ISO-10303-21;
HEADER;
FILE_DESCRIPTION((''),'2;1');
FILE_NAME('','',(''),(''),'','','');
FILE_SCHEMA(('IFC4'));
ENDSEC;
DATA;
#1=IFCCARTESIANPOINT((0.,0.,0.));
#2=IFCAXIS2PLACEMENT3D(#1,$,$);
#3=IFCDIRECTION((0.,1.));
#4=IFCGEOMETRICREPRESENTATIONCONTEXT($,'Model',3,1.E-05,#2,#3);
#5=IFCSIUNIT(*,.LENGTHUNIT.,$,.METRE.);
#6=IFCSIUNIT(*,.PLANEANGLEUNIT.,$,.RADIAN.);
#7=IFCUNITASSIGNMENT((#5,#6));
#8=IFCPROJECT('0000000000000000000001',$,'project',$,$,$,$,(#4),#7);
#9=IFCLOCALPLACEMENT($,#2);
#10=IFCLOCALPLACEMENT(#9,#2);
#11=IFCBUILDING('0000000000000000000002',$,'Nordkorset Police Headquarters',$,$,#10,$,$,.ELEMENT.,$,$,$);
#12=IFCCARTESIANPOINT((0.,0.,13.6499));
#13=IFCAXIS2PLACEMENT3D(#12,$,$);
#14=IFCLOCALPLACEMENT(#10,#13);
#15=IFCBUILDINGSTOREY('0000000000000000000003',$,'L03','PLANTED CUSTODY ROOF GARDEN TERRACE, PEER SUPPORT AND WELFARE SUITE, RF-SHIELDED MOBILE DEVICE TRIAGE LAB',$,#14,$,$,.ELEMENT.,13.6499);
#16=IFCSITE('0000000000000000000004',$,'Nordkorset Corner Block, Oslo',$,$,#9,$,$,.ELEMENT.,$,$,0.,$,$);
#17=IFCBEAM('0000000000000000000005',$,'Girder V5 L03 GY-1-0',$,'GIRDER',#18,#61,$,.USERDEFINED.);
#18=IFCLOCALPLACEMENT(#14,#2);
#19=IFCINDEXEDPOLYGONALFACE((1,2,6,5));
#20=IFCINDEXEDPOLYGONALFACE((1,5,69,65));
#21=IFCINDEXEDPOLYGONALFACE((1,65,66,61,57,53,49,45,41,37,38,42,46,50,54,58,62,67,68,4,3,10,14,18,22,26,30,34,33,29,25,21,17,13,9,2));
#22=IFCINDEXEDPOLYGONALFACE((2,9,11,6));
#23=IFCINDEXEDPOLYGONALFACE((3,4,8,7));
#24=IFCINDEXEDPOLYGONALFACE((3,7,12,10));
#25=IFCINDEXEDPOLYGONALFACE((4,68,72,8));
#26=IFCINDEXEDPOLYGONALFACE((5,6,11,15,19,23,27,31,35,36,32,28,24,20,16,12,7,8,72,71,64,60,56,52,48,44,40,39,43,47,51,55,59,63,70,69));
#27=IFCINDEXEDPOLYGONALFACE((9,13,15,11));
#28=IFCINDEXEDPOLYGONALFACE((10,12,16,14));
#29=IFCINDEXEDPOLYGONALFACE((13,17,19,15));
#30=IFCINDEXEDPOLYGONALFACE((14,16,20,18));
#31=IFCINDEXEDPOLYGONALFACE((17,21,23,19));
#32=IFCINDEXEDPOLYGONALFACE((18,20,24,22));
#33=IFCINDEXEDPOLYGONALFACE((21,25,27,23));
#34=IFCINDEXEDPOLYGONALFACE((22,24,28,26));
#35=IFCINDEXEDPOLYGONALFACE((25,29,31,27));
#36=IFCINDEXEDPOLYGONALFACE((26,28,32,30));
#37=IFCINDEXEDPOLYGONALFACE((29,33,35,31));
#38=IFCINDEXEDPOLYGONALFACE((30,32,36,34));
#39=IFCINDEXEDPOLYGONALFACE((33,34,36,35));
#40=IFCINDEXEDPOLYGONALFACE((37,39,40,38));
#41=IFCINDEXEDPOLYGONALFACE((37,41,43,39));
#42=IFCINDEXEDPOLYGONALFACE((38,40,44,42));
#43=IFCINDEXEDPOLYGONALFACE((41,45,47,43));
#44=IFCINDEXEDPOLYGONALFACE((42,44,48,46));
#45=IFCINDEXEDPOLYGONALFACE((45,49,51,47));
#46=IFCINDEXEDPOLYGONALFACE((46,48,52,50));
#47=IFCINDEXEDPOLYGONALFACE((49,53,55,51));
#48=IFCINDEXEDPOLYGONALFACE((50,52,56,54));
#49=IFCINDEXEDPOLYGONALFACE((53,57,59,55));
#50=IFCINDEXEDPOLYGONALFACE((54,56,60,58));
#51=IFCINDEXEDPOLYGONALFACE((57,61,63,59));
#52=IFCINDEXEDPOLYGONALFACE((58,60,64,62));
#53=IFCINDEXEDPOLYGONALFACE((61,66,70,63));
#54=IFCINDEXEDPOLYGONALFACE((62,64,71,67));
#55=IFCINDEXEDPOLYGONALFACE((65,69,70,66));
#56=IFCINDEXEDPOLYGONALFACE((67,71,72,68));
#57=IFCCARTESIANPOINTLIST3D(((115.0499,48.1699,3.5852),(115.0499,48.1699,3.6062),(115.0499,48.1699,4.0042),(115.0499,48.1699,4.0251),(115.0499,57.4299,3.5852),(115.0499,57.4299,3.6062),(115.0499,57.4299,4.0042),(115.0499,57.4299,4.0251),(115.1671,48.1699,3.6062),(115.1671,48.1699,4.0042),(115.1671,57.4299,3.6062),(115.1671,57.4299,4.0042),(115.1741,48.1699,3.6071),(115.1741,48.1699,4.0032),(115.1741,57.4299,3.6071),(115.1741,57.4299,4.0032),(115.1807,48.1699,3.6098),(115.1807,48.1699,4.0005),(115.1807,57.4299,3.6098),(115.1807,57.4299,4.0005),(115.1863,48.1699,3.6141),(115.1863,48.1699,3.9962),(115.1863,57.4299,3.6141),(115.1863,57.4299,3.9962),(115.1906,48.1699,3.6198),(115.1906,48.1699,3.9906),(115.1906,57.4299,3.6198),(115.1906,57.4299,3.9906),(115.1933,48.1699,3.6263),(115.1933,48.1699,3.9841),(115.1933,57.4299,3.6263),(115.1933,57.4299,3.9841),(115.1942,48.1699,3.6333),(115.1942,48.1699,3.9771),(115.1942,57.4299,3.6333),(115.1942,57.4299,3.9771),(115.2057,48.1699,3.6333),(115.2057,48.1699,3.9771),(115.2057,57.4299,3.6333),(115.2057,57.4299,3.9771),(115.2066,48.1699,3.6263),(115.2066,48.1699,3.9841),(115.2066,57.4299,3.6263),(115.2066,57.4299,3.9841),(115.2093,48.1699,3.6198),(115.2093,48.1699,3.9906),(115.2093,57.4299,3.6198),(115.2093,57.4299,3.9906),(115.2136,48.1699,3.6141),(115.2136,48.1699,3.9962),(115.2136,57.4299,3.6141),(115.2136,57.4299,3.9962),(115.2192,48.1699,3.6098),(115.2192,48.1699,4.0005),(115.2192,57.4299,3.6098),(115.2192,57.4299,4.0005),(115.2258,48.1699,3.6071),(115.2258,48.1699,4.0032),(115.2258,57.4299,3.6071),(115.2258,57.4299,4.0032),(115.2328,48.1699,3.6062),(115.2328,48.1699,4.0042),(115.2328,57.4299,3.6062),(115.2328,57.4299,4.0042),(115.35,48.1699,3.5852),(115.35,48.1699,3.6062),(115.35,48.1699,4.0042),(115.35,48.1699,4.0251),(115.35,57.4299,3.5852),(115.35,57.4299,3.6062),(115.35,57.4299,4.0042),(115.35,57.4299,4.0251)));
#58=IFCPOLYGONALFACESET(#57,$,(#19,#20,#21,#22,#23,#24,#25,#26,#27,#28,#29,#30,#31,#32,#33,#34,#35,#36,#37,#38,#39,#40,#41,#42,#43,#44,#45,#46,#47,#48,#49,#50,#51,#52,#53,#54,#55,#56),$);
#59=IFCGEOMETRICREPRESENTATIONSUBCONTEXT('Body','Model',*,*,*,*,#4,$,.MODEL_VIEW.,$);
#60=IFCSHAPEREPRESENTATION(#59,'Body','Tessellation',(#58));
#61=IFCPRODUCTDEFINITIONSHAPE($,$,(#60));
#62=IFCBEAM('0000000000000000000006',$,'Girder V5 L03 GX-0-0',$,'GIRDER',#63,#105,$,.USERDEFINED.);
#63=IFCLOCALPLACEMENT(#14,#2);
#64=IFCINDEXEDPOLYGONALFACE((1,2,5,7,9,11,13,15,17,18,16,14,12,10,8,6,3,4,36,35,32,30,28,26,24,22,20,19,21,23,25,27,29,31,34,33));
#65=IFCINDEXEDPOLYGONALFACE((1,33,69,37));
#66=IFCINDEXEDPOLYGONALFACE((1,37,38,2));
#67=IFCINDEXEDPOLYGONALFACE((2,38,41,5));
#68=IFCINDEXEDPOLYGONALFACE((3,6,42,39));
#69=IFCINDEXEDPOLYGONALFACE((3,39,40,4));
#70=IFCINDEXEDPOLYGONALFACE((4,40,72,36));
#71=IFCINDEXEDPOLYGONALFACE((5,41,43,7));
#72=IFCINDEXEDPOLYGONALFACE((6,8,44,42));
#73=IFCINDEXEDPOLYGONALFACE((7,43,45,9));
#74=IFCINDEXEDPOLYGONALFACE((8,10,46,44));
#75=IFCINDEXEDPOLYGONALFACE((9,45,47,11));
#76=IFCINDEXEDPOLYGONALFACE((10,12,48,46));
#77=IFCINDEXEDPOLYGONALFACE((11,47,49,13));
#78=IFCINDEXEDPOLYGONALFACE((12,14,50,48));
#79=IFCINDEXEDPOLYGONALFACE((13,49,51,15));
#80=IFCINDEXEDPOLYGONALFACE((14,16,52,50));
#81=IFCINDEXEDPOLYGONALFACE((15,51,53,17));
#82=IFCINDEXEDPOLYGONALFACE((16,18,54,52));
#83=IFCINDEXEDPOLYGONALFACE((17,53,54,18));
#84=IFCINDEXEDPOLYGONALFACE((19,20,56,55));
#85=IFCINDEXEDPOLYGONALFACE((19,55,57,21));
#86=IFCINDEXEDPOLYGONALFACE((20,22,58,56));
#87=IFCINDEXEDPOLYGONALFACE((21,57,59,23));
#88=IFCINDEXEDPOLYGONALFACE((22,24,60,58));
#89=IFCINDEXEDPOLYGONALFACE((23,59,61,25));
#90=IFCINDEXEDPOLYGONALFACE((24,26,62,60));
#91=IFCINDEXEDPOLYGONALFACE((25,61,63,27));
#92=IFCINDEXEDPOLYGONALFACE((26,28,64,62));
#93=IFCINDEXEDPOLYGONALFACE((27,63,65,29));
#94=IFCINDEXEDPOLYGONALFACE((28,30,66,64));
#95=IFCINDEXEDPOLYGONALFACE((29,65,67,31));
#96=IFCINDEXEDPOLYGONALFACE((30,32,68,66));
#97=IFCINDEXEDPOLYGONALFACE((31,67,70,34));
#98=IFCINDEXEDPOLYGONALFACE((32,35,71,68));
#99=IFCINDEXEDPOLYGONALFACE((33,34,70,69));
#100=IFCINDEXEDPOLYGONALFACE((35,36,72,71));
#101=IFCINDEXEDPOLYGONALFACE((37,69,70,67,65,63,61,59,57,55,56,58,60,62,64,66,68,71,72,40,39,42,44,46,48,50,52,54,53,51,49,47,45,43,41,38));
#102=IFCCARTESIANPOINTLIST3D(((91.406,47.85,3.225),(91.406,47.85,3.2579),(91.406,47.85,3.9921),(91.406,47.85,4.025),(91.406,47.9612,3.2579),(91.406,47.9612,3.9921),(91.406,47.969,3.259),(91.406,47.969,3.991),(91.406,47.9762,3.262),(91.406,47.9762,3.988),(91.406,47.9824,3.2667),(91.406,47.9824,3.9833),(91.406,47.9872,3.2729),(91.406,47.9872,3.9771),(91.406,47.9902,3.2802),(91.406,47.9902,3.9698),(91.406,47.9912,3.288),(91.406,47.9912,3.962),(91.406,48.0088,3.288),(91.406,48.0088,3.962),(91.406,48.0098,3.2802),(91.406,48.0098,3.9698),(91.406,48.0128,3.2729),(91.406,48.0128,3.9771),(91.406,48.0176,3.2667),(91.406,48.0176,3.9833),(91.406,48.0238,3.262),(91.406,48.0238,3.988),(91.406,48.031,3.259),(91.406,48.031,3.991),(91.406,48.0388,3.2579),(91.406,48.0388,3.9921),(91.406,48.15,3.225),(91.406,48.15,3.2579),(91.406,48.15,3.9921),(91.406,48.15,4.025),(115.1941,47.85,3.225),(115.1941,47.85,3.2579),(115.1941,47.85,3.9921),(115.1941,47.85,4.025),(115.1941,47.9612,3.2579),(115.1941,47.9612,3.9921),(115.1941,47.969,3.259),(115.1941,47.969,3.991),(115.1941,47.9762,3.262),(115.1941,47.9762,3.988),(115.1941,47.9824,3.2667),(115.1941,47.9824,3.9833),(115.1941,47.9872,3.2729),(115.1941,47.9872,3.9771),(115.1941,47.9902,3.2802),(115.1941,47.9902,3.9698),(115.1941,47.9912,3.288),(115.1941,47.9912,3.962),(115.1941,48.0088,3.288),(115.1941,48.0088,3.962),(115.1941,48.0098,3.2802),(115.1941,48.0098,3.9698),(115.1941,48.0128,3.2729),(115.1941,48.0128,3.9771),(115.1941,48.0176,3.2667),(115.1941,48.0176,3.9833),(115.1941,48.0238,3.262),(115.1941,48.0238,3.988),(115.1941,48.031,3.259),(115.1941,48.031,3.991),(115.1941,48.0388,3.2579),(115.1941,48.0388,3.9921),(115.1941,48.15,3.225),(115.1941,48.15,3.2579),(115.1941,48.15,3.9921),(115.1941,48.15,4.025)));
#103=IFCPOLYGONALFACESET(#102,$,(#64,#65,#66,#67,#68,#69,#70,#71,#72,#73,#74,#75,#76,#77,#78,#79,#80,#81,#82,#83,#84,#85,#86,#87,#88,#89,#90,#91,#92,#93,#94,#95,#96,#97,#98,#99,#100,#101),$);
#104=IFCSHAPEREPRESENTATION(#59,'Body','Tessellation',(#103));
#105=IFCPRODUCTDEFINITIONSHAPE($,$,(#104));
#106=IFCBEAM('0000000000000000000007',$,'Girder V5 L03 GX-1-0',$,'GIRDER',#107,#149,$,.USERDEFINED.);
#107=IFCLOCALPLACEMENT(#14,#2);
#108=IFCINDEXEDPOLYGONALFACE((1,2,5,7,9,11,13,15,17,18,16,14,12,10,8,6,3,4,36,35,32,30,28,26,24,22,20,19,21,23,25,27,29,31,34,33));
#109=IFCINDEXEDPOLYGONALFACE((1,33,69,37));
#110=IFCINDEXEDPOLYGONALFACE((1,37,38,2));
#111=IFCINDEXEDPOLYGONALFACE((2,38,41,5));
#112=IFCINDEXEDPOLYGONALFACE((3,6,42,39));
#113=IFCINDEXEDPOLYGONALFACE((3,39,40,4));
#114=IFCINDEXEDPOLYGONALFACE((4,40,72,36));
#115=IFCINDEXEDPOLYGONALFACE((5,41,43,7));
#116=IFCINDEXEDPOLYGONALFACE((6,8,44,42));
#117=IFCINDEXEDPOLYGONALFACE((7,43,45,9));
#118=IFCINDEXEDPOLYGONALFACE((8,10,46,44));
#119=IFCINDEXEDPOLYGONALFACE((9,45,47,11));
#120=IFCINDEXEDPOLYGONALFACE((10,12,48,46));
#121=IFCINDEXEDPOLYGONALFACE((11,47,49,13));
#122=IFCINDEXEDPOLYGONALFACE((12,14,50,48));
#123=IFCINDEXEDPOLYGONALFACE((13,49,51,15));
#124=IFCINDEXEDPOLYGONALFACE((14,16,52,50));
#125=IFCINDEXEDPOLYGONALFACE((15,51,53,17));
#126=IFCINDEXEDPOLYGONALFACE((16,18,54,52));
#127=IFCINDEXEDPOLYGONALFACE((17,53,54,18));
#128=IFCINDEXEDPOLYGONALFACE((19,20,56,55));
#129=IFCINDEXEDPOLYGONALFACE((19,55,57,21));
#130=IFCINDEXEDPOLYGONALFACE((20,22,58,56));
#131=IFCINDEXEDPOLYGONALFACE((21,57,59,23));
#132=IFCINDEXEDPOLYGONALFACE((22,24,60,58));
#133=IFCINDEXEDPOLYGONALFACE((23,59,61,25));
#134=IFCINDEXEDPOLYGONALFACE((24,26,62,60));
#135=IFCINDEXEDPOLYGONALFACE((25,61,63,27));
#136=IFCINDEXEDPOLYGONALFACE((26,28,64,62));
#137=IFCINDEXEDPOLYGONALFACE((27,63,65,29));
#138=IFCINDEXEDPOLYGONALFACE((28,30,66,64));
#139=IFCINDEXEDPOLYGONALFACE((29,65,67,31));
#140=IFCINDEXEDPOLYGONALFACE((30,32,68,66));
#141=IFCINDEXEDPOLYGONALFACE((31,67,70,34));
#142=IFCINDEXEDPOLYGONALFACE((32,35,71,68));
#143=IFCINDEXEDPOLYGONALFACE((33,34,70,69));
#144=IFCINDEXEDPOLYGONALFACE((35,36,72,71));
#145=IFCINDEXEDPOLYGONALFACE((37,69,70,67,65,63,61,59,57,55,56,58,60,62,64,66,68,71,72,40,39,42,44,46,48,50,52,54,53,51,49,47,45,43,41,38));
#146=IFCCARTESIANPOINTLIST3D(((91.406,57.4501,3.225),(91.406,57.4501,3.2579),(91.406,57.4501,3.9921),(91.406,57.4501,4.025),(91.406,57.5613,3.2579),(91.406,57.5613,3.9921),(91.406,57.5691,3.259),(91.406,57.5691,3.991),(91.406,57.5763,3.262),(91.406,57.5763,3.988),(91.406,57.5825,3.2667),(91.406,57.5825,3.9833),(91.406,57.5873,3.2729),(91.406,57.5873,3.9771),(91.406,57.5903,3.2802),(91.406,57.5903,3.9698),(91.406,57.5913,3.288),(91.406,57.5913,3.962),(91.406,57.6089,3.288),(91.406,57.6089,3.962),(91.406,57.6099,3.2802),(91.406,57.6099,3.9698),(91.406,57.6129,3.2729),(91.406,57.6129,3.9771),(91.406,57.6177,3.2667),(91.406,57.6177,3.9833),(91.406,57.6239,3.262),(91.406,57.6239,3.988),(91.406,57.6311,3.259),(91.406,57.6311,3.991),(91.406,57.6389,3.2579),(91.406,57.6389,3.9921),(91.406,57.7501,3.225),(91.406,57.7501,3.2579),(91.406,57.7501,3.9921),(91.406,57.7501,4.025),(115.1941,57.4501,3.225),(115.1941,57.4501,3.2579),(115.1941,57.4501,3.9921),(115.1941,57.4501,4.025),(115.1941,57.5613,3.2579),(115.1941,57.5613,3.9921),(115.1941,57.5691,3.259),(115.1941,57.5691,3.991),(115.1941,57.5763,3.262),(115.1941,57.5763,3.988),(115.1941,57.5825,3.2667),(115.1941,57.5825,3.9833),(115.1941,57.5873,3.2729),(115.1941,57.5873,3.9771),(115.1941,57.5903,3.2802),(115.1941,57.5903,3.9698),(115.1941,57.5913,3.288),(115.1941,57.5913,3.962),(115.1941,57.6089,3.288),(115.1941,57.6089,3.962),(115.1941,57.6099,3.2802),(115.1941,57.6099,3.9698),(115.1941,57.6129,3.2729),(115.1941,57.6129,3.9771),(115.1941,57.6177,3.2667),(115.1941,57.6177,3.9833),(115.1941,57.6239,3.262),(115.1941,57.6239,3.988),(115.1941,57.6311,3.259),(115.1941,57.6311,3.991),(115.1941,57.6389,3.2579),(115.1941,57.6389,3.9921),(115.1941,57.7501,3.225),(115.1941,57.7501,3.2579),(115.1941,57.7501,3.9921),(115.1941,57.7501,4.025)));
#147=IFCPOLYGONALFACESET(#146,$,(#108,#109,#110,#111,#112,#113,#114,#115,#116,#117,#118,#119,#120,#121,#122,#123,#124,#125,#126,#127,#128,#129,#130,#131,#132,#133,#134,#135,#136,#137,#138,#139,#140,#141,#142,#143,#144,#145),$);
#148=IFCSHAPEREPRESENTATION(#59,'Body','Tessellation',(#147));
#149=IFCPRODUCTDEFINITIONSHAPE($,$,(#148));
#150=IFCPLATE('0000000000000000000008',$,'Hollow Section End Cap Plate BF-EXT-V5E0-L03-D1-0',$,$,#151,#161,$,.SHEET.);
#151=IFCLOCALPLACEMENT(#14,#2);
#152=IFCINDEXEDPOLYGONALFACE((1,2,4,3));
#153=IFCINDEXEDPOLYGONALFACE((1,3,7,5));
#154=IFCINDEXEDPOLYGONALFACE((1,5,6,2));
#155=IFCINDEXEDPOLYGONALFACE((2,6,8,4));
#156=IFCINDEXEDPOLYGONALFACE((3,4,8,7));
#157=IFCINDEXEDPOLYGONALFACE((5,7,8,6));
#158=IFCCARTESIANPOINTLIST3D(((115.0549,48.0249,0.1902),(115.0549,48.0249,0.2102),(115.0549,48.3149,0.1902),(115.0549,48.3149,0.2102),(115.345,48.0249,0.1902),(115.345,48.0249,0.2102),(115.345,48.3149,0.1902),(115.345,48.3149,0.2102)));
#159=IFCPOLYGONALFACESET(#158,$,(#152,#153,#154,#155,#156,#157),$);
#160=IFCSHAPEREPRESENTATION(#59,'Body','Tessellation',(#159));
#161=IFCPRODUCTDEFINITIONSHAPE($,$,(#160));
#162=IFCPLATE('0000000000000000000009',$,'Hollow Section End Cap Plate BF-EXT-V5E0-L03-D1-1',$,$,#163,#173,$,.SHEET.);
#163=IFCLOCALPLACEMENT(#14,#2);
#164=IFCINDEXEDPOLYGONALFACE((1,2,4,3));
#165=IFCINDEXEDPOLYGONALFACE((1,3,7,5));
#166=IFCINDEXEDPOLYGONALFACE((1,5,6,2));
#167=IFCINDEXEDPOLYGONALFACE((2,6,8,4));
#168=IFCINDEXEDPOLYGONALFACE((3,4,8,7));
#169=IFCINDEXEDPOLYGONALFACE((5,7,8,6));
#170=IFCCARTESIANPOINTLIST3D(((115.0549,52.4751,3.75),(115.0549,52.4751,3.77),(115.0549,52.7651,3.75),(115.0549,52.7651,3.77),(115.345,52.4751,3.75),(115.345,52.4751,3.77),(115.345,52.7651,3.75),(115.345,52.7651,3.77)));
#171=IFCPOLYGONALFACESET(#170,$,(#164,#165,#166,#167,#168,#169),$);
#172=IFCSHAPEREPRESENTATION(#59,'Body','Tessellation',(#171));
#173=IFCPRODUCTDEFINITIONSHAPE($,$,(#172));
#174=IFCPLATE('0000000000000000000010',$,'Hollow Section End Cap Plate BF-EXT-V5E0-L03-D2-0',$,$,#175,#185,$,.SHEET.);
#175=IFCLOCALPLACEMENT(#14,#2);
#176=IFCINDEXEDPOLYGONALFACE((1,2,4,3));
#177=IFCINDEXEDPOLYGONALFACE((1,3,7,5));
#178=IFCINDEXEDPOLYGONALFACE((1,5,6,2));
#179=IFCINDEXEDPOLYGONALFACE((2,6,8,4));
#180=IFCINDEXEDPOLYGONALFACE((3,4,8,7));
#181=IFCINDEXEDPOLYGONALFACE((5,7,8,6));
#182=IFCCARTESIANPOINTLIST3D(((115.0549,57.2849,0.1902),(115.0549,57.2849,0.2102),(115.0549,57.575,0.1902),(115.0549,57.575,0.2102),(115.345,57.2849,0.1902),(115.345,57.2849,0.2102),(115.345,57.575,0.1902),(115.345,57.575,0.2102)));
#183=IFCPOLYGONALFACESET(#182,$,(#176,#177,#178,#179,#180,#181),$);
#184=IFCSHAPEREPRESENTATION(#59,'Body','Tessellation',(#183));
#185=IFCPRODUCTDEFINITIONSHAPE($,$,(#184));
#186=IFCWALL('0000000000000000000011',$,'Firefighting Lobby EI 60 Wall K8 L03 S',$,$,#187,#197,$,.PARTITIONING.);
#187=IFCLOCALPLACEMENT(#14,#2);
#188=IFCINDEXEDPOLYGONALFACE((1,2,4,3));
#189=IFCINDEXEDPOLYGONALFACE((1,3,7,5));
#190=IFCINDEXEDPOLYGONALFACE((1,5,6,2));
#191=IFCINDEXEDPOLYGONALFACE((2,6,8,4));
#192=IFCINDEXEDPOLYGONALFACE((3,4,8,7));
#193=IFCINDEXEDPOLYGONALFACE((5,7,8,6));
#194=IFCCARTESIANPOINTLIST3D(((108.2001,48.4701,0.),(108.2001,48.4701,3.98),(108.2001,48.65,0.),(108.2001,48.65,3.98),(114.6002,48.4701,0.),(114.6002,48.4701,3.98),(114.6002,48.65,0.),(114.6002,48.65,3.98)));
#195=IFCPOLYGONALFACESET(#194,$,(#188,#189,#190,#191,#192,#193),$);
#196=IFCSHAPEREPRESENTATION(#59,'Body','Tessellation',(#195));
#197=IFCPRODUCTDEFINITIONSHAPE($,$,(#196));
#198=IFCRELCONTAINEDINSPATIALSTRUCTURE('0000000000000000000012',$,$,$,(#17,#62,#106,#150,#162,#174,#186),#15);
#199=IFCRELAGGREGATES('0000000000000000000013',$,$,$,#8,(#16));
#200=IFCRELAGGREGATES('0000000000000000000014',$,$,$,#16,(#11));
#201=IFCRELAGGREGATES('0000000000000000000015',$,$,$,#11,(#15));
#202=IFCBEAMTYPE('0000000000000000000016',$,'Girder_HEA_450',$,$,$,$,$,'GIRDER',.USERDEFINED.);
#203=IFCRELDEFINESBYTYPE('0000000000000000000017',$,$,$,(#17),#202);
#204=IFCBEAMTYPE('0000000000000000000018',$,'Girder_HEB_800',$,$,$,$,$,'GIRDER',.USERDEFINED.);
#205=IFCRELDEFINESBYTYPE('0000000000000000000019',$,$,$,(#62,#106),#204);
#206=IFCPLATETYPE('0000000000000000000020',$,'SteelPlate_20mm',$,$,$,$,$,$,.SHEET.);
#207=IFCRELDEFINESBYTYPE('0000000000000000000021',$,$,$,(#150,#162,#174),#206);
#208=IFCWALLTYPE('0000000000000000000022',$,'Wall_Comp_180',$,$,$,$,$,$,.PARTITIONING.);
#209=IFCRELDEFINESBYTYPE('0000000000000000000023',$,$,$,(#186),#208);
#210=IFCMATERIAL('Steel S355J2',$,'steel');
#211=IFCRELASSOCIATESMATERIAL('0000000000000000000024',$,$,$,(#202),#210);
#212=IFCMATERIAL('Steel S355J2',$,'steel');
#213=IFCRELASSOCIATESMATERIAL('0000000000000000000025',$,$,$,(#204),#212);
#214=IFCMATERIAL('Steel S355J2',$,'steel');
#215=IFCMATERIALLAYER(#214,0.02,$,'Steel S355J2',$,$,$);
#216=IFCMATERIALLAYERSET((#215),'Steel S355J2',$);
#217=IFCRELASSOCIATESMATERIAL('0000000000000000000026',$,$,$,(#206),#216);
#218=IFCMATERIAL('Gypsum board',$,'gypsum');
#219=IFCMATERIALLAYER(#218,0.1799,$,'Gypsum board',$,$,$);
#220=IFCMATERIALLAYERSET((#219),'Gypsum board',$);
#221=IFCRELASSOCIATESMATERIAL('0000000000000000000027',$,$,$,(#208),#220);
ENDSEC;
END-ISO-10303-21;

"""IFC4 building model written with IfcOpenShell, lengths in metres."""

from ifc_helpers import new_model, si_unit, direction, frame, frame_2d, origin, origin_2d, place, context, subcontext, project, spatial, rectangle, i_section, extrude, material, layer, layer_set, material_profile, profile_set, type_object, element, save


model = new_model("IFC4")

# Units and contexts
model_context = context("Model", 3, precision=1e-05, world=origin(), true_north=direction((0.0, 1.0)))
body_context = subcontext(model_context, "Body", "Model", "MODEL_VIEW")
ifc_project = project(units=[si_unit("LENGTHUNIT", "METRE"), si_unit("PLANEANGLEUNIT", "RADIAN")], contexts=[model_context])

# Site, building, storey
site_placement = place(None, origin())
site = spatial("IfcSite", under=ifc_project, at=site_placement, Name="Nordkorset Corner Block, Oslo", CompositionType="ELEMENT", RefElevation=0.0)
building_placement = place(site_placement, origin())
building = spatial("IfcBuilding", under=site, at=building_placement, Name="Nordkorset Police Headquarters", CompositionType="ELEMENT")
storey_placement = place(building_placement, frame((0.0, 0.0, 13.6499)))
storey = spatial("IfcBuildingStorey", under=building, at=storey_placement, Name="L03", Description="PLANTED CUSTODY ROOF GARDEN TERRACE, PEER SUPPORT AND WELFARE SUITE, RF-SHIELDED MOBILE DEVICE TRIAGE LAB", CompositionType="ELEMENT", Elevation=13.6499)

# Beams
ifc_material_1 = material(Name="Steel S355J2", Category="steel")
ifc_material_profile_1 = material_profile(ifc_material_1, i_section(OverallWidth=0.3, OverallDepth=0.4399, WebThickness=0.0115, FlangeThickness=0.021, FilletRadius=0.0271, at=origin_2d()), Name="HEA 450")
ifc_profile_set_1 = profile_set([ifc_material_profile_1], Name="Steel S355J2")
beam_type_1 = type_object("IfcBeamType", Name="Girder_HEA_450", ElementType="GIRDER", PredefinedType="USERDEFINED", material=ifc_profile_set_1)
beam_placement = place(storey_placement, frame((115.2, 48.1699, 3.8052), z_axis=(0.0, 1.0, 0.0), x_axis=(-1.0, 0.0, 0.0)))
element("IfcBeam", 1, at=beam_placement, inside=storey, type_object=beam_type_1, Name="Girder V5 L03 GY-1-0", ObjectType="GIRDER", PredefinedType="USERDEFINED", context=body_context, shape_type="SweptSolid", body=[
    extrude(i_section(OverallWidth=0.3, OverallDepth=0.4399, WebThickness=0.0115, FlangeThickness=0.021, FilletRadius=0.0271, at=origin_2d()), origin(), (0.0, 0.0, 1.0), 9.26),
])
ifc_material_2 = material(Name="Steel S355J2", Category="steel")
ifc_material_profile_2 = material_profile(ifc_material_2, i_section(OverallWidth=0.3, OverallDepth=0.8, WebThickness=0.0176, FlangeThickness=0.033, FilletRadius=0.03, at=origin_2d()), Name="HEB 800")
ifc_profile_set_2 = profile_set([ifc_material_profile_2], Name="Steel S355J2")
beam_type_2 = type_object("IfcBeamType", Name="Girder_HEB_800", ElementType="GIRDER", PredefinedType="USERDEFINED", material=ifc_profile_set_2)
for number, where, z_axis, x_axis, name in (
    (2, (91.406, 48.0, 3.625), (1.0, 0.0, 0.0), (0.0, 1.0, 0.0), "Girder V5 L03 GX-0-0"),
    (3, (91.406, 57.6001, 3.625), (1.0, 0.0, 0.0), (0.0, 1.0, 0.0), "Girder V5 L03 GX-1-0"),
):
    element("IfcBeam", number, at=place(storey_placement, frame(where, z_axis=z_axis, x_axis=x_axis)), inside=storey, type_object=beam_type_2, Name=name, ObjectType="GIRDER", PredefinedType="USERDEFINED", context=body_context, shape_type="SweptSolid", body=[
        extrude(i_section(OverallWidth=0.3, OverallDepth=0.8, WebThickness=0.0176, FlangeThickness=0.033, FilletRadius=0.03, at=origin_2d()), origin(), (0.0, 0.0, 1.0), 23.7881),
    ])

# Plates
ifc_material_3 = material(Name="Steel S355J2", Category="steel")
ifc_layer_1 = layer(ifc_material_3, 0.02, Name="Steel S355J2")
ifc_layer_set_1 = layer_set([ifc_layer_1], Name="Steel S355J2")
plate_type = type_object("IfcPlateType", Name="SteelPlate_20mm", PredefinedType="SHEET", material=ifc_layer_set_1)
for number, where, z_axis, x_axis, name in (
    (4, (115.2, 48.1699, 0.1902), (0.0, 0.0, 1.0), (1.0, 0.0, 0.0), "Hollow Section End Cap Plate BF-EXT-V5E0-L03-D1-0"),
    (5, (115.2, 52.6201, 3.75), (0.0, 0.0, 1.0), (1.0, 0.0, 0.0), "Hollow Section End Cap Plate BF-EXT-V5E0-L03-D1-1"),
    (6, (115.2, 57.4299, 0.1902), (0.0, 0.0, 1.0), (1.0, 0.0, 0.0), "Hollow Section End Cap Plate BF-EXT-V5E0-L03-D2-0"),
):
    element("IfcPlate", number, at=place(storey_placement, frame(where, z_axis=z_axis, x_axis=x_axis)), inside=storey, type_object=plate_type, Name=name, PredefinedType="SHEET", context=body_context, shape_type="SweptSolid", body=[
        extrude(rectangle(XDim=0.29, YDim=0.29, at=origin_2d()), origin(), (0.0, 0.0, 1.0), 0.02),
    ])

# Wall
ifc_material_4 = material(Name="Gypsum board", Category="gypsum")
ifc_layer_2 = layer(ifc_material_4, 0.1799, Name="Gypsum board")
ifc_layer_set_2 = layer_set([ifc_layer_2], Name="Gypsum board")
wall_type_1 = type_object("IfcWallType", Name="Wall_Comp_180", PredefinedType="PARTITIONING", material=ifc_layer_set_2)
wall_1_placement = place(storey_placement, frame((108.2, 48.5601, 0.0), z_axis=(0.0, 0.0, 1.0), x_axis=(1.0, 0.0, 0.0)))
element("IfcWall", 7, at=wall_1_placement, inside=storey, type_object=wall_type_1, Name="Firefighting Lobby EI 60 Wall K8 L03 S", PredefinedType="PARTITIONING", context=body_context, shape_type="SweptSolid", body=[
    extrude(rectangle(XDim=6.4001, YDim=0.1799, at=frame_2d((3.2002, 0.0))), origin(), (0.0, 0.0, 1.0), 3.98),
])

save(model, "model.ifc")
